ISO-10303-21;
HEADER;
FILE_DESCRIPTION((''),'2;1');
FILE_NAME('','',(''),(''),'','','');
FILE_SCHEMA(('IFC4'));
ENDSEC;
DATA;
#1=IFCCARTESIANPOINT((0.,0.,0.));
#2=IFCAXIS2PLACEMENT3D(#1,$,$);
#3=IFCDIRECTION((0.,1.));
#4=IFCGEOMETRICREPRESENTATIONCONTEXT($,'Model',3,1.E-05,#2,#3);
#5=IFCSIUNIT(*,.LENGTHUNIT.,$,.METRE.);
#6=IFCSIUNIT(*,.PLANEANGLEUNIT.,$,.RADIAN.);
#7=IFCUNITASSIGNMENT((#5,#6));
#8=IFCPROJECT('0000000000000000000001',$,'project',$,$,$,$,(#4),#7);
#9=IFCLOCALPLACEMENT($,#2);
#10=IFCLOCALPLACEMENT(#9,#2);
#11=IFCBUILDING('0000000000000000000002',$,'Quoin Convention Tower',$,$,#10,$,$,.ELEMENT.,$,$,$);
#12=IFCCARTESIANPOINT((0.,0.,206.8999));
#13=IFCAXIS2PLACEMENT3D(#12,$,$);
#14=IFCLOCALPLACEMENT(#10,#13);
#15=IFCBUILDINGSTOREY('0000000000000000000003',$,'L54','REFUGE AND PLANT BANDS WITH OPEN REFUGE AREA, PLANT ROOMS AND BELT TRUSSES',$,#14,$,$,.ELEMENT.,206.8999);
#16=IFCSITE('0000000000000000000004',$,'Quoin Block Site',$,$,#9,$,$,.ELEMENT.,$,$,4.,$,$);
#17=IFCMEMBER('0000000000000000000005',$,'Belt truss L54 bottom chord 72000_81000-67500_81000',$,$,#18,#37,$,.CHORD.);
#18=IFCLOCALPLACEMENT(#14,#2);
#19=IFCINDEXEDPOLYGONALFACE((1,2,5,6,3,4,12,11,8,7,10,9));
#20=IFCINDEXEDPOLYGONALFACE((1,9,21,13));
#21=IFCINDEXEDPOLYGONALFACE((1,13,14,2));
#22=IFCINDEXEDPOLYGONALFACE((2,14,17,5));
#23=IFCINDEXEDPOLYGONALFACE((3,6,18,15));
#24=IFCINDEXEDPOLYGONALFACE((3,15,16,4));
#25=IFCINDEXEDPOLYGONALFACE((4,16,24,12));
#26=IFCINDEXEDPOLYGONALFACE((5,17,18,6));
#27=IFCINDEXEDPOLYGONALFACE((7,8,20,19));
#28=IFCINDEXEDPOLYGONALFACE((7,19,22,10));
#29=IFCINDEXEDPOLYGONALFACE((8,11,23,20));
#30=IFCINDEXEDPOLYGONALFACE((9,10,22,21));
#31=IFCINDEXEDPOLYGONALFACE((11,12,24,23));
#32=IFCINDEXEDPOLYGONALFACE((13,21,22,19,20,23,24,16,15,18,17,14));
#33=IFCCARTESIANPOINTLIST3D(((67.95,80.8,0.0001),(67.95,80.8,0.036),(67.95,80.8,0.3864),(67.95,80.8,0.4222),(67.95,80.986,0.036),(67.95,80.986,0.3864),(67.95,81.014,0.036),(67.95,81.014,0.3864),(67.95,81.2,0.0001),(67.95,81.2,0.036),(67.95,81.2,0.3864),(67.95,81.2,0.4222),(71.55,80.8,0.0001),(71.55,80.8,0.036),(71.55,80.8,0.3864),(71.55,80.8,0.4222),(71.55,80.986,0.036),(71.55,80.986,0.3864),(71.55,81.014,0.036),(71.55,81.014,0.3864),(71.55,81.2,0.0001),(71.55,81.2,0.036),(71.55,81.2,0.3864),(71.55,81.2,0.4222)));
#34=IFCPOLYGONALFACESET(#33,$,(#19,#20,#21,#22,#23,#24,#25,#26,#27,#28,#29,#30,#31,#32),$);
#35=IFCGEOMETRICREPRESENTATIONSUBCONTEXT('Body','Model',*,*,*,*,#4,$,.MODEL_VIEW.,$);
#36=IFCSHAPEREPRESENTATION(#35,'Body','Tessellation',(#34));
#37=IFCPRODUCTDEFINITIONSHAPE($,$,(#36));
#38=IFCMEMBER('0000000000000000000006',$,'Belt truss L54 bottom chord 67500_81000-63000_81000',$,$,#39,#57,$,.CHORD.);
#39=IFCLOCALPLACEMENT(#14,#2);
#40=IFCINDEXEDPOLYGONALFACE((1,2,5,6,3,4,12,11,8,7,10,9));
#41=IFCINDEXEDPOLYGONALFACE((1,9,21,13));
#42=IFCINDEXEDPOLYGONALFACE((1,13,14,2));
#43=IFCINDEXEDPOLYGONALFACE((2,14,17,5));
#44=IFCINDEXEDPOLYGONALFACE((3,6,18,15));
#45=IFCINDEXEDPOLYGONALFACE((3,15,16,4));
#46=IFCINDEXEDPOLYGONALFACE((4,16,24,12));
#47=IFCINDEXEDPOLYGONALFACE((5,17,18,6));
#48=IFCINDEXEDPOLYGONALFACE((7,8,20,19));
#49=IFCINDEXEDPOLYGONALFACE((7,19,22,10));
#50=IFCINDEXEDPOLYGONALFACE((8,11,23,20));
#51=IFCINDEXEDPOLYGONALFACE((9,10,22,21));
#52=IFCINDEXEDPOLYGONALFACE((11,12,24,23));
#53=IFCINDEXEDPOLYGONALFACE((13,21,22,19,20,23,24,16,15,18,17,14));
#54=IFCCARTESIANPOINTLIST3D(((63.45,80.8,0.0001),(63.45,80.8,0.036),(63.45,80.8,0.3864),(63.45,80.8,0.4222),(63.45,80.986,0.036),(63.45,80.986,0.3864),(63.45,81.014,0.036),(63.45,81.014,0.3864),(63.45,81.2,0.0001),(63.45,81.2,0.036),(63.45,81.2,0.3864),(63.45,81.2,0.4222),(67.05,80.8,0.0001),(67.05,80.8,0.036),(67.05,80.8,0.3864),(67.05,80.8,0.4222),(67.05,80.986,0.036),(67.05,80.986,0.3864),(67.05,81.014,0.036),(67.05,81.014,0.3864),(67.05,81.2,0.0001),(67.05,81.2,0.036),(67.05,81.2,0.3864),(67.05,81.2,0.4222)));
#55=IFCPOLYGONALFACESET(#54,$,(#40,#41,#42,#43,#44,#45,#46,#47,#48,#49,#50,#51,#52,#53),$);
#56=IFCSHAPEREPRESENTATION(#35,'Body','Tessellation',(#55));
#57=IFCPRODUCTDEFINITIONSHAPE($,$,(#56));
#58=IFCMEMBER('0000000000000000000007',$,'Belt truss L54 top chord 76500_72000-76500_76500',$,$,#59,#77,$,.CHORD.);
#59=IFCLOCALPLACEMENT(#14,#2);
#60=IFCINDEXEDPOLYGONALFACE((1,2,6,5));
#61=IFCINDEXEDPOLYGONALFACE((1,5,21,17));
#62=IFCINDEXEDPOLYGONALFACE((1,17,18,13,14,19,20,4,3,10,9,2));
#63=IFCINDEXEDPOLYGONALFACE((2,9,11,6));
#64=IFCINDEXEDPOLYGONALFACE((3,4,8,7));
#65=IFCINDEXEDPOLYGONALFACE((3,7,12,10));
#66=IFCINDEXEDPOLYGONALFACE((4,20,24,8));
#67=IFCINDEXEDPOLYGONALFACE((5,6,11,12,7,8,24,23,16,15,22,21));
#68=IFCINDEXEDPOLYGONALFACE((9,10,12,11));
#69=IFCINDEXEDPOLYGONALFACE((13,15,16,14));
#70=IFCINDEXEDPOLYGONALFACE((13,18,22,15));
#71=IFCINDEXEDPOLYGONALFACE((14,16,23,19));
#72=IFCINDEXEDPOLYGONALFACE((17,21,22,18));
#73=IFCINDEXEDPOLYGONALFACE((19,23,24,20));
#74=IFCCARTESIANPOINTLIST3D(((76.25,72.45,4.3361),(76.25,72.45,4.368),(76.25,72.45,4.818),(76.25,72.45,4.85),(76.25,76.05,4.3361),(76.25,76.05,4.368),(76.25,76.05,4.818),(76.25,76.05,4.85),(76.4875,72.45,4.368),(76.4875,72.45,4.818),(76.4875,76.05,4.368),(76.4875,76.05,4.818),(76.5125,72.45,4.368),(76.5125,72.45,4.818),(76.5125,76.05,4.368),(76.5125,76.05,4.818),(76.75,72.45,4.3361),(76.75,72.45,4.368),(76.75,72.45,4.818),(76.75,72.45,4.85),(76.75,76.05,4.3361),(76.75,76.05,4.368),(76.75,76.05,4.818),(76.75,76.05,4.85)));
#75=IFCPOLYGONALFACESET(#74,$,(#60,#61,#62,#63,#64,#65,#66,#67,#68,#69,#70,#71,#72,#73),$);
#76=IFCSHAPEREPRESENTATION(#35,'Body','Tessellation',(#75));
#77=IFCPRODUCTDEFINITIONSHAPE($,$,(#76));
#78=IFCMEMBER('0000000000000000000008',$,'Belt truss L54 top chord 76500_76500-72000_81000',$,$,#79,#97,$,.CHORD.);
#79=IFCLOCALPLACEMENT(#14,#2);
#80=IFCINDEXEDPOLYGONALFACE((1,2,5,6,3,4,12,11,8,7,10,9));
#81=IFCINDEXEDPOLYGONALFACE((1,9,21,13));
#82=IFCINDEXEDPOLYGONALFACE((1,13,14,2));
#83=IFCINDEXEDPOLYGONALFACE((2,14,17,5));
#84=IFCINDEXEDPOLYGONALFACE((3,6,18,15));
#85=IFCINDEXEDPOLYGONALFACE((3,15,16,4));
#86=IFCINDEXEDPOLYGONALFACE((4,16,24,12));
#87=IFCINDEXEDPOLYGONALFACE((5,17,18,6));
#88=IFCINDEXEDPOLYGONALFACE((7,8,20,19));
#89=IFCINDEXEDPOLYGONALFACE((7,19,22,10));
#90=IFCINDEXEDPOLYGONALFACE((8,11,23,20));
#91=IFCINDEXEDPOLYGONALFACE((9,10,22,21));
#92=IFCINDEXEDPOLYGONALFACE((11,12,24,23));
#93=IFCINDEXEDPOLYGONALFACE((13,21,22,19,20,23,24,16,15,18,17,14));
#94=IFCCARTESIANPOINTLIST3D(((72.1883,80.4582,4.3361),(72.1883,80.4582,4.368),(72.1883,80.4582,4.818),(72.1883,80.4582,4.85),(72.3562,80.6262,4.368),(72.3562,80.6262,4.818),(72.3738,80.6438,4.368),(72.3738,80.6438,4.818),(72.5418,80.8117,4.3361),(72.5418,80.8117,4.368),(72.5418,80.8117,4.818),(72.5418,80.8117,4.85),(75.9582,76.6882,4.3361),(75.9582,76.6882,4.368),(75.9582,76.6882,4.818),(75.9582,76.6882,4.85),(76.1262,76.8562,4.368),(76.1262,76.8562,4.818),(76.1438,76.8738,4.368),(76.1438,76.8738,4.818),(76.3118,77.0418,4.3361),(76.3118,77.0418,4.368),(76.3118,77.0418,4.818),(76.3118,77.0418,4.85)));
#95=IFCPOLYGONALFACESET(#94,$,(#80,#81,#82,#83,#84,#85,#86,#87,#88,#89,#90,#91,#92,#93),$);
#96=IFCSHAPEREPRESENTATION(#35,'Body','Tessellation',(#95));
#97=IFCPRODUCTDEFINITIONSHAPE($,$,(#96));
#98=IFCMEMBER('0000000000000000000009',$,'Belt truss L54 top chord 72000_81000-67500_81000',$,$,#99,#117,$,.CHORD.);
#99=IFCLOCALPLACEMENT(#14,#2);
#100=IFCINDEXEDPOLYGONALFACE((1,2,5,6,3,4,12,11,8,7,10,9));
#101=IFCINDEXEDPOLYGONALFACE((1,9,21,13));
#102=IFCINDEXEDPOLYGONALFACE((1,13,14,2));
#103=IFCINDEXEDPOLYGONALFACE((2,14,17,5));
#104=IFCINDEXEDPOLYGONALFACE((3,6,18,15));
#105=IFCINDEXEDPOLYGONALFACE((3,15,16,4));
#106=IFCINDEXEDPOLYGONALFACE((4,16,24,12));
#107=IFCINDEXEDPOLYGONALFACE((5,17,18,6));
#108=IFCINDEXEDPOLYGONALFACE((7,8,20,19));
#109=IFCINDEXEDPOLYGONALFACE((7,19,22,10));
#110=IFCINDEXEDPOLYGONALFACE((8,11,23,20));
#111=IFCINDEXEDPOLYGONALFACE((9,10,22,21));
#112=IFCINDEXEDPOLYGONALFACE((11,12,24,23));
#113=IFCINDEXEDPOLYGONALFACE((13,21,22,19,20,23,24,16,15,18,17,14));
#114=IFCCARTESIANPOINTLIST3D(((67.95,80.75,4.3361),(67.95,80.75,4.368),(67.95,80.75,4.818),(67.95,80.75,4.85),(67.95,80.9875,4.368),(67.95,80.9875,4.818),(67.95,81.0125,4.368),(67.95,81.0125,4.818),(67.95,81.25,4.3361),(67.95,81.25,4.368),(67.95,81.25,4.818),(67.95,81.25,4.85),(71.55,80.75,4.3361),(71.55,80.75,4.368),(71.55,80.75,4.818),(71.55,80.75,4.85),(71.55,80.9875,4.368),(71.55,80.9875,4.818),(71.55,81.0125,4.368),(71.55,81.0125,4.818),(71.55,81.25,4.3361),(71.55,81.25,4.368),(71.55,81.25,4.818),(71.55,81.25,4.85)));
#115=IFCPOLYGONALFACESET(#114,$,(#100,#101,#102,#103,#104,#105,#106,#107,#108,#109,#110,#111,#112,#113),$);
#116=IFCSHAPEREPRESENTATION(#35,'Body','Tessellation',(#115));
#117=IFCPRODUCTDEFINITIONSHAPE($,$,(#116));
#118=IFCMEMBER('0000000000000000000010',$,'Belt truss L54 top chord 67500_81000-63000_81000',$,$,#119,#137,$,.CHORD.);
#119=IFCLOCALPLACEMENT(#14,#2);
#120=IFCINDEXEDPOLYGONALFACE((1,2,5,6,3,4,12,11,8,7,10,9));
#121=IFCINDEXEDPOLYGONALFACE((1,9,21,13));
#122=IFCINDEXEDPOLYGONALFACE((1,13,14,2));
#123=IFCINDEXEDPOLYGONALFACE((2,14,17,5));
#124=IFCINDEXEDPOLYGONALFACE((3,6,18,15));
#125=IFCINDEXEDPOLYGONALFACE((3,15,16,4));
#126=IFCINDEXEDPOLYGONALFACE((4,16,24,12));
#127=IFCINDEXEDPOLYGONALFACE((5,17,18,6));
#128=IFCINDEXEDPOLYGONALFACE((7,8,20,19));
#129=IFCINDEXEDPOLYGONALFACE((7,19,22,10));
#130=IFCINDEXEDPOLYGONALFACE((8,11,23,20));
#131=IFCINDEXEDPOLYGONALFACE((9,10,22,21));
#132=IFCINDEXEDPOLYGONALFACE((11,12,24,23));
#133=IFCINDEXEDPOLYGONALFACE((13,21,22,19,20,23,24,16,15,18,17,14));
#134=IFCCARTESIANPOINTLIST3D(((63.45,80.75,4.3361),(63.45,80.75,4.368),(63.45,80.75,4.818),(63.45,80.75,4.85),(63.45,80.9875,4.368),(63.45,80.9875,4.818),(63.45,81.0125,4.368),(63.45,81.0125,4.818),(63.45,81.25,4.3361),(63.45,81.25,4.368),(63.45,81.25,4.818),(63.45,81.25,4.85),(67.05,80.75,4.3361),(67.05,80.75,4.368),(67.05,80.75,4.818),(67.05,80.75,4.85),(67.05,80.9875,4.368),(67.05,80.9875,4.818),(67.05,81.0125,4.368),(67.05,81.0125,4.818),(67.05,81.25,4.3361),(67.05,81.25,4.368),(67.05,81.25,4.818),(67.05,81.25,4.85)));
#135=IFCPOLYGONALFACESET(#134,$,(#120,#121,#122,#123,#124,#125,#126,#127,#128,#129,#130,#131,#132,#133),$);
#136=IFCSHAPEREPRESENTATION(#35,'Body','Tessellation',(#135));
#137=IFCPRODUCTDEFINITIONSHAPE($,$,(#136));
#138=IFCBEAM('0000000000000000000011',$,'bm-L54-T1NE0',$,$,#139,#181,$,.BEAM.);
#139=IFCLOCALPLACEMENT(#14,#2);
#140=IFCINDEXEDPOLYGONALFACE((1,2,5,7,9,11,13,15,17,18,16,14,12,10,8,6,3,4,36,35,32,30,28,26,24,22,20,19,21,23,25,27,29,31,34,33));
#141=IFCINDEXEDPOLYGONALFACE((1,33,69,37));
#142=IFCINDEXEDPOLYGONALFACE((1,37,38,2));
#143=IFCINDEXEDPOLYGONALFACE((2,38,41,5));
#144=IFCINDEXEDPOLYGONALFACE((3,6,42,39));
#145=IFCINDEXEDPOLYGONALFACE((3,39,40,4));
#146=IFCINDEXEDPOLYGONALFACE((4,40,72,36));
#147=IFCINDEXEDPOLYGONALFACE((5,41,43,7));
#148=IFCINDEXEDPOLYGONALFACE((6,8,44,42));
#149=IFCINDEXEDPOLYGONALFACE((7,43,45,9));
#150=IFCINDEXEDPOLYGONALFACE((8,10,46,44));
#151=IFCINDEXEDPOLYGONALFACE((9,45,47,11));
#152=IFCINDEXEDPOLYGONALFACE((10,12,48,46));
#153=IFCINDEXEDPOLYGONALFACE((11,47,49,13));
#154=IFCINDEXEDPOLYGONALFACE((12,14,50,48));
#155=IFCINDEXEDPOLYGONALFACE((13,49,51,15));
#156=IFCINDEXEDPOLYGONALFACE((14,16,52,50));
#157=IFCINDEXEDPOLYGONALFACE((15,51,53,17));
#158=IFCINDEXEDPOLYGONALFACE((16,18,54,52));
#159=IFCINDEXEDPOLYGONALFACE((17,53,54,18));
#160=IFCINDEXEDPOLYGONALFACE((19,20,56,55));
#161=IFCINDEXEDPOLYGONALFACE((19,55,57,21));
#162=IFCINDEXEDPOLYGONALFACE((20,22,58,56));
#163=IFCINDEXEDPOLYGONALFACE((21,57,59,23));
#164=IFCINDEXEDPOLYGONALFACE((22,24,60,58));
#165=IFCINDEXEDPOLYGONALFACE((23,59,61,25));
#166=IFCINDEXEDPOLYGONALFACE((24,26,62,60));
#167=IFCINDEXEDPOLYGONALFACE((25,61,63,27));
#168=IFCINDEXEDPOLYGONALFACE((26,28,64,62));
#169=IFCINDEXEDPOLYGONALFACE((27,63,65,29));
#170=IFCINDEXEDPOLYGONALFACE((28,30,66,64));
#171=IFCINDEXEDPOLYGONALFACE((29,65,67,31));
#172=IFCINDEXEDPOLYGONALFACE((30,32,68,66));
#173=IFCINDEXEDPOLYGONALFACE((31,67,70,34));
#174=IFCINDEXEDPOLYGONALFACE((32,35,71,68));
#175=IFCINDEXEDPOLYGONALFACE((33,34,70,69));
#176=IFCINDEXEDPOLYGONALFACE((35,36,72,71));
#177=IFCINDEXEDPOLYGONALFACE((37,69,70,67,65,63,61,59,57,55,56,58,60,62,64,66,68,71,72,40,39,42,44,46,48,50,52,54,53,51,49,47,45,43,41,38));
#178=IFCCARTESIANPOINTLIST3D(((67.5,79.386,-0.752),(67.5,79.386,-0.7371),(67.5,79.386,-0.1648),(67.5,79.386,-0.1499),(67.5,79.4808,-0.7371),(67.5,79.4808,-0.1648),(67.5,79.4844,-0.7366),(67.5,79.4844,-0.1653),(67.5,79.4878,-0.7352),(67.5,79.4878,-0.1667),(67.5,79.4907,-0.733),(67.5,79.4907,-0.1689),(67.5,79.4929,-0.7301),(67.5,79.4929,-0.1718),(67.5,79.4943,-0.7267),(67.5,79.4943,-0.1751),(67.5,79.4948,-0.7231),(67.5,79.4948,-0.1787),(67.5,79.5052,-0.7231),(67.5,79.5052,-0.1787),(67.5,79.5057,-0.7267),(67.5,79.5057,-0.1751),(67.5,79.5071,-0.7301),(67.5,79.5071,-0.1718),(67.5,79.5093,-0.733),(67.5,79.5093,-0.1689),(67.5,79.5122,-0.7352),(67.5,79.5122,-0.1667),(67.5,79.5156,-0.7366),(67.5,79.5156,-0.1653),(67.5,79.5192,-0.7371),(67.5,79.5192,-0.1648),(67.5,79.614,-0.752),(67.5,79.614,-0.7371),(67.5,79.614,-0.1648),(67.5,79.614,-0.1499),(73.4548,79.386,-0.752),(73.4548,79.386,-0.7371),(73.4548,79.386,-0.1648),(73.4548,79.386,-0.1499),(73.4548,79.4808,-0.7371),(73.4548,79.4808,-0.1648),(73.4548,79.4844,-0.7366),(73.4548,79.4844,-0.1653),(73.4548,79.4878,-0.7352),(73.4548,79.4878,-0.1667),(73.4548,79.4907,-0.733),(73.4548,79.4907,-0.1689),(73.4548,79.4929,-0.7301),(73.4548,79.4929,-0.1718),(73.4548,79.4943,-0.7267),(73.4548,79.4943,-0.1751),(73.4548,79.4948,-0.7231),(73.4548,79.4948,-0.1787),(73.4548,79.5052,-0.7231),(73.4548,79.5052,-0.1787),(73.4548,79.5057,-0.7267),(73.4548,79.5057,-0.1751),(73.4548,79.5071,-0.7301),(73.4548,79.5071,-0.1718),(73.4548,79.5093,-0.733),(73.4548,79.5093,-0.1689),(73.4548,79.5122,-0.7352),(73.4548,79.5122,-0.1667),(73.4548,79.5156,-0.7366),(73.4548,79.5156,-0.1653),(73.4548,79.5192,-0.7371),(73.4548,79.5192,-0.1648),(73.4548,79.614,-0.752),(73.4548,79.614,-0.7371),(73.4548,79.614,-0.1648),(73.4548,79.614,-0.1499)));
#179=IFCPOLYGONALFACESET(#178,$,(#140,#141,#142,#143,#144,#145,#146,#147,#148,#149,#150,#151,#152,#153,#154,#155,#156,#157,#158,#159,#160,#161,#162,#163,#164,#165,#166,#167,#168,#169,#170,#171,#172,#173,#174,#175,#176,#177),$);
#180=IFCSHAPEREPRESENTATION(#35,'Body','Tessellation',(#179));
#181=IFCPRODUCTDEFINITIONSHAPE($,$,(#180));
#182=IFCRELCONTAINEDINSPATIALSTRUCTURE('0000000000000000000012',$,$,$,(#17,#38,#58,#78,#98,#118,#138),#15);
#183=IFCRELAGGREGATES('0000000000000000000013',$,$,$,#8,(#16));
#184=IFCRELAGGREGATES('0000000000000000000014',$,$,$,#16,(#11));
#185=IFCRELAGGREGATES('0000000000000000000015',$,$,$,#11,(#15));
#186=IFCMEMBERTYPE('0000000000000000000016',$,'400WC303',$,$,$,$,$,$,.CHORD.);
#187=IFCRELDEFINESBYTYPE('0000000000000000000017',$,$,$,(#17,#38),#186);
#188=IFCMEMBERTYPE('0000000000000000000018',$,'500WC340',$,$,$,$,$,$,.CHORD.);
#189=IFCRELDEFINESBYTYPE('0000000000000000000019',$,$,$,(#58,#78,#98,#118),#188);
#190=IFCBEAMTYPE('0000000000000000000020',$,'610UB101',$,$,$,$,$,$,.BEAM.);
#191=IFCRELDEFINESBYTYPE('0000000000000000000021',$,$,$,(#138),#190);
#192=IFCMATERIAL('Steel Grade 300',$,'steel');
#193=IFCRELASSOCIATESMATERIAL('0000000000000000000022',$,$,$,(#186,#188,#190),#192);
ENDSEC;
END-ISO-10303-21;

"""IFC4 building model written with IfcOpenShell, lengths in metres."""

from ifc_helpers import new_model, si_unit, direction, frame, origin, origin_2d, place, context, subcontext, project, spatial, i_section, extrude, material, material_profile, profile_set, type_object, element, save


model = new_model("IFC4")

# Units and contexts
model_context = context("Model", 3, precision=1e-05, world=origin(), true_north=direction((0.0, 1.0)))
body_context = subcontext(model_context, "Body", "Model", "MODEL_VIEW")
ifc_project = project(units=[si_unit("LENGTHUNIT", "METRE"), si_unit("PLANEANGLEUNIT", "RADIAN")], contexts=[model_context])

# Site, building, storey
site_placement = place(None, origin())
site = spatial("IfcSite", under=ifc_project, at=site_placement, Name="Quoin Block Site", CompositionType="ELEMENT", RefElevation=4.0)
building_placement = place(site_placement, origin())
building = spatial("IfcBuilding", under=site, at=building_placement, Name="Quoin Convention Tower", CompositionType="ELEMENT")
storey_placement = place(building_placement, frame((0.0, 0.0, 206.8999)))
storey = spatial("IfcBuildingStorey", under=building, at=storey_placement, Name="L54", Description="REFUGE AND PLANT BANDS WITH OPEN REFUGE AREA, PLANT ROOMS AND BELT TRUSSES", CompositionType="ELEMENT", Elevation=206.8999)

# Members
ifc_material_1 = material(Name="Steel Grade 300", Category="steel")
ifc_material_profile_1 = material_profile(ifc_material_1, i_section(OverallWidth=0.3999, OverallDepth=0.4221, WebThickness=0.0281, FlangeThickness=0.0359, at=origin_2d()), Name="400WC303")
ifc_profile_set_1 = profile_set([ifc_material_profile_1], Name="Steel Grade 300")
member_type_1 = type_object("IfcMemberType", Name="400WC303", PredefinedType="CHORD", material=ifc_profile_set_1)
for number, where, z_axis, x_axis, name in (
    (1, (71.55, 81.0, 0.2112), (-1.0, 0.0, 0.0), (0.0, -1.0, 0.0), "Belt truss L54 bottom chord 72000_81000-67500_81000"),
    (2, (67.05, 81.0, 0.2112), (-1.0, 0.0, 0.0), (0.0, -1.0, 0.0), "Belt truss L54 bottom chord 67500_81000-63000_81000"),
):
    element("IfcMember", number, at=place(storey_placement, frame(where, z_axis=z_axis, x_axis=x_axis)), inside=storey, type_object=member_type_1, Name=name, PredefinedType="CHORD", context=body_context, shape_type="SweptSolid", body=[
        extrude(i_section(OverallWidth=0.3999, OverallDepth=0.4221, WebThickness=0.0281, FlangeThickness=0.0359, at=origin_2d()), origin(), (0.0, 0.0, 1.0), 3.6001),
    ])
ifc_material_profile_2 = material_profile(ifc_material_1, i_section(OverallWidth=0.5, OverallDepth=0.5139, WebThickness=0.0249, FlangeThickness=0.032, at=origin_2d()), Name="500WC340")
ifc_profile_set_2 = profile_set([ifc_material_profile_2], Name="Steel Grade 300")
member_type_2 = type_object("IfcMemberType", Name="500WC340", PredefinedType="CHORD", material=ifc_profile_set_2)
member_1_placement = place(storey_placement, frame((76.5, 72.45, 4.593), z_axis=(0.0, 1.0, 0.0), x_axis=(-1.0, 0.0, 0.0)))
element("IfcMember", 3, at=member_1_placement, inside=storey, type_object=member_type_2, Name="Belt truss L54 top chord 76500_72000-76500_76500", PredefinedType="CHORD", context=body_context, shape_type="SweptSolid", body=[
    extrude(i_section(OverallWidth=0.5, OverallDepth=0.5139, WebThickness=0.0249, FlangeThickness=0.032, at=origin_2d()), origin(), (0.0, 0.0, 1.0), 3.6001),
])
member_2_placement = place(storey_placement, frame((76.135, 76.865, 4.593), z_axis=(-0.707107, 0.707107, 0.0), x_axis=(-0.707107, -0.707107, 0.0)))
element("IfcMember", 4, at=member_2_placement, inside=storey, type_object=member_type_2, Name="Belt truss L54 top chord 76500_76500-72000_81000", PredefinedType="CHORD", context=body_context, shape_type="SweptSolid", body=[
    extrude(i_section(OverallWidth=0.5, OverallDepth=0.5139, WebThickness=0.0249, FlangeThickness=0.032, at=origin_2d()), origin(), (0.0, 0.0, 1.0), 5.3315),
])
for number, where, z_axis, x_axis, name in (
    (5, (71.55, 81.0, 4.593), (-1.0, 0.0, 0.0), (0.0, -1.0, 0.0), "Belt truss L54 top chord 72000_81000-67500_81000"),
    (6, (67.05, 81.0, 4.593), (-1.0, 0.0, 0.0), (0.0, -1.0, 0.0), "Belt truss L54 top chord 67500_81000-63000_81000"),
):
    element("IfcMember", number, at=place(storey_placement, frame(where, z_axis=z_axis, x_axis=x_axis)), inside=storey, type_object=member_type_2, Name=name, PredefinedType="CHORD", context=body_context, shape_type="SweptSolid", body=[
        extrude(i_section(OverallWidth=0.5, OverallDepth=0.5139, WebThickness=0.0249, FlangeThickness=0.032, at=origin_2d()), origin(), (0.0, 0.0, 1.0), 3.6001),
    ])

# Beam
ifc_material_profile_3 = material_profile(ifc_material_1, i_section(OverallWidth=0.228, OverallDepth=0.6021, WebThickness=0.0105, FlangeThickness=0.0149, FilletRadius=0.0139, at=origin_2d()), Name="610UB101")
ifc_profile_set_3 = profile_set([ifc_material_profile_3], Name="Steel Grade 300")
beam_type_1 = type_object("IfcBeamType", Name="610UB101", PredefinedType="BEAM", material=ifc_profile_set_3)
beam_1_placement = place(storey_placement, frame((67.5, 79.5, -0.4509), z_axis=(1.0, 0.0, 0.0), x_axis=(0.0, 1.0, 0.0)))
element("IfcBeam", 7, at=beam_1_placement, inside=storey, type_object=beam_type_1, Name="bm-L54-T1NE0", PredefinedType="BEAM", context=body_context, shape_type="SweptSolid", body=[
    extrude(i_section(OverallWidth=0.228, OverallDepth=0.6021, WebThickness=0.0105, FlangeThickness=0.0149, FilletRadius=0.0139, at=origin_2d()), origin(), (0.0, 0.0, 1.0), 5.9548),
])

save(model, "model.ifc")
